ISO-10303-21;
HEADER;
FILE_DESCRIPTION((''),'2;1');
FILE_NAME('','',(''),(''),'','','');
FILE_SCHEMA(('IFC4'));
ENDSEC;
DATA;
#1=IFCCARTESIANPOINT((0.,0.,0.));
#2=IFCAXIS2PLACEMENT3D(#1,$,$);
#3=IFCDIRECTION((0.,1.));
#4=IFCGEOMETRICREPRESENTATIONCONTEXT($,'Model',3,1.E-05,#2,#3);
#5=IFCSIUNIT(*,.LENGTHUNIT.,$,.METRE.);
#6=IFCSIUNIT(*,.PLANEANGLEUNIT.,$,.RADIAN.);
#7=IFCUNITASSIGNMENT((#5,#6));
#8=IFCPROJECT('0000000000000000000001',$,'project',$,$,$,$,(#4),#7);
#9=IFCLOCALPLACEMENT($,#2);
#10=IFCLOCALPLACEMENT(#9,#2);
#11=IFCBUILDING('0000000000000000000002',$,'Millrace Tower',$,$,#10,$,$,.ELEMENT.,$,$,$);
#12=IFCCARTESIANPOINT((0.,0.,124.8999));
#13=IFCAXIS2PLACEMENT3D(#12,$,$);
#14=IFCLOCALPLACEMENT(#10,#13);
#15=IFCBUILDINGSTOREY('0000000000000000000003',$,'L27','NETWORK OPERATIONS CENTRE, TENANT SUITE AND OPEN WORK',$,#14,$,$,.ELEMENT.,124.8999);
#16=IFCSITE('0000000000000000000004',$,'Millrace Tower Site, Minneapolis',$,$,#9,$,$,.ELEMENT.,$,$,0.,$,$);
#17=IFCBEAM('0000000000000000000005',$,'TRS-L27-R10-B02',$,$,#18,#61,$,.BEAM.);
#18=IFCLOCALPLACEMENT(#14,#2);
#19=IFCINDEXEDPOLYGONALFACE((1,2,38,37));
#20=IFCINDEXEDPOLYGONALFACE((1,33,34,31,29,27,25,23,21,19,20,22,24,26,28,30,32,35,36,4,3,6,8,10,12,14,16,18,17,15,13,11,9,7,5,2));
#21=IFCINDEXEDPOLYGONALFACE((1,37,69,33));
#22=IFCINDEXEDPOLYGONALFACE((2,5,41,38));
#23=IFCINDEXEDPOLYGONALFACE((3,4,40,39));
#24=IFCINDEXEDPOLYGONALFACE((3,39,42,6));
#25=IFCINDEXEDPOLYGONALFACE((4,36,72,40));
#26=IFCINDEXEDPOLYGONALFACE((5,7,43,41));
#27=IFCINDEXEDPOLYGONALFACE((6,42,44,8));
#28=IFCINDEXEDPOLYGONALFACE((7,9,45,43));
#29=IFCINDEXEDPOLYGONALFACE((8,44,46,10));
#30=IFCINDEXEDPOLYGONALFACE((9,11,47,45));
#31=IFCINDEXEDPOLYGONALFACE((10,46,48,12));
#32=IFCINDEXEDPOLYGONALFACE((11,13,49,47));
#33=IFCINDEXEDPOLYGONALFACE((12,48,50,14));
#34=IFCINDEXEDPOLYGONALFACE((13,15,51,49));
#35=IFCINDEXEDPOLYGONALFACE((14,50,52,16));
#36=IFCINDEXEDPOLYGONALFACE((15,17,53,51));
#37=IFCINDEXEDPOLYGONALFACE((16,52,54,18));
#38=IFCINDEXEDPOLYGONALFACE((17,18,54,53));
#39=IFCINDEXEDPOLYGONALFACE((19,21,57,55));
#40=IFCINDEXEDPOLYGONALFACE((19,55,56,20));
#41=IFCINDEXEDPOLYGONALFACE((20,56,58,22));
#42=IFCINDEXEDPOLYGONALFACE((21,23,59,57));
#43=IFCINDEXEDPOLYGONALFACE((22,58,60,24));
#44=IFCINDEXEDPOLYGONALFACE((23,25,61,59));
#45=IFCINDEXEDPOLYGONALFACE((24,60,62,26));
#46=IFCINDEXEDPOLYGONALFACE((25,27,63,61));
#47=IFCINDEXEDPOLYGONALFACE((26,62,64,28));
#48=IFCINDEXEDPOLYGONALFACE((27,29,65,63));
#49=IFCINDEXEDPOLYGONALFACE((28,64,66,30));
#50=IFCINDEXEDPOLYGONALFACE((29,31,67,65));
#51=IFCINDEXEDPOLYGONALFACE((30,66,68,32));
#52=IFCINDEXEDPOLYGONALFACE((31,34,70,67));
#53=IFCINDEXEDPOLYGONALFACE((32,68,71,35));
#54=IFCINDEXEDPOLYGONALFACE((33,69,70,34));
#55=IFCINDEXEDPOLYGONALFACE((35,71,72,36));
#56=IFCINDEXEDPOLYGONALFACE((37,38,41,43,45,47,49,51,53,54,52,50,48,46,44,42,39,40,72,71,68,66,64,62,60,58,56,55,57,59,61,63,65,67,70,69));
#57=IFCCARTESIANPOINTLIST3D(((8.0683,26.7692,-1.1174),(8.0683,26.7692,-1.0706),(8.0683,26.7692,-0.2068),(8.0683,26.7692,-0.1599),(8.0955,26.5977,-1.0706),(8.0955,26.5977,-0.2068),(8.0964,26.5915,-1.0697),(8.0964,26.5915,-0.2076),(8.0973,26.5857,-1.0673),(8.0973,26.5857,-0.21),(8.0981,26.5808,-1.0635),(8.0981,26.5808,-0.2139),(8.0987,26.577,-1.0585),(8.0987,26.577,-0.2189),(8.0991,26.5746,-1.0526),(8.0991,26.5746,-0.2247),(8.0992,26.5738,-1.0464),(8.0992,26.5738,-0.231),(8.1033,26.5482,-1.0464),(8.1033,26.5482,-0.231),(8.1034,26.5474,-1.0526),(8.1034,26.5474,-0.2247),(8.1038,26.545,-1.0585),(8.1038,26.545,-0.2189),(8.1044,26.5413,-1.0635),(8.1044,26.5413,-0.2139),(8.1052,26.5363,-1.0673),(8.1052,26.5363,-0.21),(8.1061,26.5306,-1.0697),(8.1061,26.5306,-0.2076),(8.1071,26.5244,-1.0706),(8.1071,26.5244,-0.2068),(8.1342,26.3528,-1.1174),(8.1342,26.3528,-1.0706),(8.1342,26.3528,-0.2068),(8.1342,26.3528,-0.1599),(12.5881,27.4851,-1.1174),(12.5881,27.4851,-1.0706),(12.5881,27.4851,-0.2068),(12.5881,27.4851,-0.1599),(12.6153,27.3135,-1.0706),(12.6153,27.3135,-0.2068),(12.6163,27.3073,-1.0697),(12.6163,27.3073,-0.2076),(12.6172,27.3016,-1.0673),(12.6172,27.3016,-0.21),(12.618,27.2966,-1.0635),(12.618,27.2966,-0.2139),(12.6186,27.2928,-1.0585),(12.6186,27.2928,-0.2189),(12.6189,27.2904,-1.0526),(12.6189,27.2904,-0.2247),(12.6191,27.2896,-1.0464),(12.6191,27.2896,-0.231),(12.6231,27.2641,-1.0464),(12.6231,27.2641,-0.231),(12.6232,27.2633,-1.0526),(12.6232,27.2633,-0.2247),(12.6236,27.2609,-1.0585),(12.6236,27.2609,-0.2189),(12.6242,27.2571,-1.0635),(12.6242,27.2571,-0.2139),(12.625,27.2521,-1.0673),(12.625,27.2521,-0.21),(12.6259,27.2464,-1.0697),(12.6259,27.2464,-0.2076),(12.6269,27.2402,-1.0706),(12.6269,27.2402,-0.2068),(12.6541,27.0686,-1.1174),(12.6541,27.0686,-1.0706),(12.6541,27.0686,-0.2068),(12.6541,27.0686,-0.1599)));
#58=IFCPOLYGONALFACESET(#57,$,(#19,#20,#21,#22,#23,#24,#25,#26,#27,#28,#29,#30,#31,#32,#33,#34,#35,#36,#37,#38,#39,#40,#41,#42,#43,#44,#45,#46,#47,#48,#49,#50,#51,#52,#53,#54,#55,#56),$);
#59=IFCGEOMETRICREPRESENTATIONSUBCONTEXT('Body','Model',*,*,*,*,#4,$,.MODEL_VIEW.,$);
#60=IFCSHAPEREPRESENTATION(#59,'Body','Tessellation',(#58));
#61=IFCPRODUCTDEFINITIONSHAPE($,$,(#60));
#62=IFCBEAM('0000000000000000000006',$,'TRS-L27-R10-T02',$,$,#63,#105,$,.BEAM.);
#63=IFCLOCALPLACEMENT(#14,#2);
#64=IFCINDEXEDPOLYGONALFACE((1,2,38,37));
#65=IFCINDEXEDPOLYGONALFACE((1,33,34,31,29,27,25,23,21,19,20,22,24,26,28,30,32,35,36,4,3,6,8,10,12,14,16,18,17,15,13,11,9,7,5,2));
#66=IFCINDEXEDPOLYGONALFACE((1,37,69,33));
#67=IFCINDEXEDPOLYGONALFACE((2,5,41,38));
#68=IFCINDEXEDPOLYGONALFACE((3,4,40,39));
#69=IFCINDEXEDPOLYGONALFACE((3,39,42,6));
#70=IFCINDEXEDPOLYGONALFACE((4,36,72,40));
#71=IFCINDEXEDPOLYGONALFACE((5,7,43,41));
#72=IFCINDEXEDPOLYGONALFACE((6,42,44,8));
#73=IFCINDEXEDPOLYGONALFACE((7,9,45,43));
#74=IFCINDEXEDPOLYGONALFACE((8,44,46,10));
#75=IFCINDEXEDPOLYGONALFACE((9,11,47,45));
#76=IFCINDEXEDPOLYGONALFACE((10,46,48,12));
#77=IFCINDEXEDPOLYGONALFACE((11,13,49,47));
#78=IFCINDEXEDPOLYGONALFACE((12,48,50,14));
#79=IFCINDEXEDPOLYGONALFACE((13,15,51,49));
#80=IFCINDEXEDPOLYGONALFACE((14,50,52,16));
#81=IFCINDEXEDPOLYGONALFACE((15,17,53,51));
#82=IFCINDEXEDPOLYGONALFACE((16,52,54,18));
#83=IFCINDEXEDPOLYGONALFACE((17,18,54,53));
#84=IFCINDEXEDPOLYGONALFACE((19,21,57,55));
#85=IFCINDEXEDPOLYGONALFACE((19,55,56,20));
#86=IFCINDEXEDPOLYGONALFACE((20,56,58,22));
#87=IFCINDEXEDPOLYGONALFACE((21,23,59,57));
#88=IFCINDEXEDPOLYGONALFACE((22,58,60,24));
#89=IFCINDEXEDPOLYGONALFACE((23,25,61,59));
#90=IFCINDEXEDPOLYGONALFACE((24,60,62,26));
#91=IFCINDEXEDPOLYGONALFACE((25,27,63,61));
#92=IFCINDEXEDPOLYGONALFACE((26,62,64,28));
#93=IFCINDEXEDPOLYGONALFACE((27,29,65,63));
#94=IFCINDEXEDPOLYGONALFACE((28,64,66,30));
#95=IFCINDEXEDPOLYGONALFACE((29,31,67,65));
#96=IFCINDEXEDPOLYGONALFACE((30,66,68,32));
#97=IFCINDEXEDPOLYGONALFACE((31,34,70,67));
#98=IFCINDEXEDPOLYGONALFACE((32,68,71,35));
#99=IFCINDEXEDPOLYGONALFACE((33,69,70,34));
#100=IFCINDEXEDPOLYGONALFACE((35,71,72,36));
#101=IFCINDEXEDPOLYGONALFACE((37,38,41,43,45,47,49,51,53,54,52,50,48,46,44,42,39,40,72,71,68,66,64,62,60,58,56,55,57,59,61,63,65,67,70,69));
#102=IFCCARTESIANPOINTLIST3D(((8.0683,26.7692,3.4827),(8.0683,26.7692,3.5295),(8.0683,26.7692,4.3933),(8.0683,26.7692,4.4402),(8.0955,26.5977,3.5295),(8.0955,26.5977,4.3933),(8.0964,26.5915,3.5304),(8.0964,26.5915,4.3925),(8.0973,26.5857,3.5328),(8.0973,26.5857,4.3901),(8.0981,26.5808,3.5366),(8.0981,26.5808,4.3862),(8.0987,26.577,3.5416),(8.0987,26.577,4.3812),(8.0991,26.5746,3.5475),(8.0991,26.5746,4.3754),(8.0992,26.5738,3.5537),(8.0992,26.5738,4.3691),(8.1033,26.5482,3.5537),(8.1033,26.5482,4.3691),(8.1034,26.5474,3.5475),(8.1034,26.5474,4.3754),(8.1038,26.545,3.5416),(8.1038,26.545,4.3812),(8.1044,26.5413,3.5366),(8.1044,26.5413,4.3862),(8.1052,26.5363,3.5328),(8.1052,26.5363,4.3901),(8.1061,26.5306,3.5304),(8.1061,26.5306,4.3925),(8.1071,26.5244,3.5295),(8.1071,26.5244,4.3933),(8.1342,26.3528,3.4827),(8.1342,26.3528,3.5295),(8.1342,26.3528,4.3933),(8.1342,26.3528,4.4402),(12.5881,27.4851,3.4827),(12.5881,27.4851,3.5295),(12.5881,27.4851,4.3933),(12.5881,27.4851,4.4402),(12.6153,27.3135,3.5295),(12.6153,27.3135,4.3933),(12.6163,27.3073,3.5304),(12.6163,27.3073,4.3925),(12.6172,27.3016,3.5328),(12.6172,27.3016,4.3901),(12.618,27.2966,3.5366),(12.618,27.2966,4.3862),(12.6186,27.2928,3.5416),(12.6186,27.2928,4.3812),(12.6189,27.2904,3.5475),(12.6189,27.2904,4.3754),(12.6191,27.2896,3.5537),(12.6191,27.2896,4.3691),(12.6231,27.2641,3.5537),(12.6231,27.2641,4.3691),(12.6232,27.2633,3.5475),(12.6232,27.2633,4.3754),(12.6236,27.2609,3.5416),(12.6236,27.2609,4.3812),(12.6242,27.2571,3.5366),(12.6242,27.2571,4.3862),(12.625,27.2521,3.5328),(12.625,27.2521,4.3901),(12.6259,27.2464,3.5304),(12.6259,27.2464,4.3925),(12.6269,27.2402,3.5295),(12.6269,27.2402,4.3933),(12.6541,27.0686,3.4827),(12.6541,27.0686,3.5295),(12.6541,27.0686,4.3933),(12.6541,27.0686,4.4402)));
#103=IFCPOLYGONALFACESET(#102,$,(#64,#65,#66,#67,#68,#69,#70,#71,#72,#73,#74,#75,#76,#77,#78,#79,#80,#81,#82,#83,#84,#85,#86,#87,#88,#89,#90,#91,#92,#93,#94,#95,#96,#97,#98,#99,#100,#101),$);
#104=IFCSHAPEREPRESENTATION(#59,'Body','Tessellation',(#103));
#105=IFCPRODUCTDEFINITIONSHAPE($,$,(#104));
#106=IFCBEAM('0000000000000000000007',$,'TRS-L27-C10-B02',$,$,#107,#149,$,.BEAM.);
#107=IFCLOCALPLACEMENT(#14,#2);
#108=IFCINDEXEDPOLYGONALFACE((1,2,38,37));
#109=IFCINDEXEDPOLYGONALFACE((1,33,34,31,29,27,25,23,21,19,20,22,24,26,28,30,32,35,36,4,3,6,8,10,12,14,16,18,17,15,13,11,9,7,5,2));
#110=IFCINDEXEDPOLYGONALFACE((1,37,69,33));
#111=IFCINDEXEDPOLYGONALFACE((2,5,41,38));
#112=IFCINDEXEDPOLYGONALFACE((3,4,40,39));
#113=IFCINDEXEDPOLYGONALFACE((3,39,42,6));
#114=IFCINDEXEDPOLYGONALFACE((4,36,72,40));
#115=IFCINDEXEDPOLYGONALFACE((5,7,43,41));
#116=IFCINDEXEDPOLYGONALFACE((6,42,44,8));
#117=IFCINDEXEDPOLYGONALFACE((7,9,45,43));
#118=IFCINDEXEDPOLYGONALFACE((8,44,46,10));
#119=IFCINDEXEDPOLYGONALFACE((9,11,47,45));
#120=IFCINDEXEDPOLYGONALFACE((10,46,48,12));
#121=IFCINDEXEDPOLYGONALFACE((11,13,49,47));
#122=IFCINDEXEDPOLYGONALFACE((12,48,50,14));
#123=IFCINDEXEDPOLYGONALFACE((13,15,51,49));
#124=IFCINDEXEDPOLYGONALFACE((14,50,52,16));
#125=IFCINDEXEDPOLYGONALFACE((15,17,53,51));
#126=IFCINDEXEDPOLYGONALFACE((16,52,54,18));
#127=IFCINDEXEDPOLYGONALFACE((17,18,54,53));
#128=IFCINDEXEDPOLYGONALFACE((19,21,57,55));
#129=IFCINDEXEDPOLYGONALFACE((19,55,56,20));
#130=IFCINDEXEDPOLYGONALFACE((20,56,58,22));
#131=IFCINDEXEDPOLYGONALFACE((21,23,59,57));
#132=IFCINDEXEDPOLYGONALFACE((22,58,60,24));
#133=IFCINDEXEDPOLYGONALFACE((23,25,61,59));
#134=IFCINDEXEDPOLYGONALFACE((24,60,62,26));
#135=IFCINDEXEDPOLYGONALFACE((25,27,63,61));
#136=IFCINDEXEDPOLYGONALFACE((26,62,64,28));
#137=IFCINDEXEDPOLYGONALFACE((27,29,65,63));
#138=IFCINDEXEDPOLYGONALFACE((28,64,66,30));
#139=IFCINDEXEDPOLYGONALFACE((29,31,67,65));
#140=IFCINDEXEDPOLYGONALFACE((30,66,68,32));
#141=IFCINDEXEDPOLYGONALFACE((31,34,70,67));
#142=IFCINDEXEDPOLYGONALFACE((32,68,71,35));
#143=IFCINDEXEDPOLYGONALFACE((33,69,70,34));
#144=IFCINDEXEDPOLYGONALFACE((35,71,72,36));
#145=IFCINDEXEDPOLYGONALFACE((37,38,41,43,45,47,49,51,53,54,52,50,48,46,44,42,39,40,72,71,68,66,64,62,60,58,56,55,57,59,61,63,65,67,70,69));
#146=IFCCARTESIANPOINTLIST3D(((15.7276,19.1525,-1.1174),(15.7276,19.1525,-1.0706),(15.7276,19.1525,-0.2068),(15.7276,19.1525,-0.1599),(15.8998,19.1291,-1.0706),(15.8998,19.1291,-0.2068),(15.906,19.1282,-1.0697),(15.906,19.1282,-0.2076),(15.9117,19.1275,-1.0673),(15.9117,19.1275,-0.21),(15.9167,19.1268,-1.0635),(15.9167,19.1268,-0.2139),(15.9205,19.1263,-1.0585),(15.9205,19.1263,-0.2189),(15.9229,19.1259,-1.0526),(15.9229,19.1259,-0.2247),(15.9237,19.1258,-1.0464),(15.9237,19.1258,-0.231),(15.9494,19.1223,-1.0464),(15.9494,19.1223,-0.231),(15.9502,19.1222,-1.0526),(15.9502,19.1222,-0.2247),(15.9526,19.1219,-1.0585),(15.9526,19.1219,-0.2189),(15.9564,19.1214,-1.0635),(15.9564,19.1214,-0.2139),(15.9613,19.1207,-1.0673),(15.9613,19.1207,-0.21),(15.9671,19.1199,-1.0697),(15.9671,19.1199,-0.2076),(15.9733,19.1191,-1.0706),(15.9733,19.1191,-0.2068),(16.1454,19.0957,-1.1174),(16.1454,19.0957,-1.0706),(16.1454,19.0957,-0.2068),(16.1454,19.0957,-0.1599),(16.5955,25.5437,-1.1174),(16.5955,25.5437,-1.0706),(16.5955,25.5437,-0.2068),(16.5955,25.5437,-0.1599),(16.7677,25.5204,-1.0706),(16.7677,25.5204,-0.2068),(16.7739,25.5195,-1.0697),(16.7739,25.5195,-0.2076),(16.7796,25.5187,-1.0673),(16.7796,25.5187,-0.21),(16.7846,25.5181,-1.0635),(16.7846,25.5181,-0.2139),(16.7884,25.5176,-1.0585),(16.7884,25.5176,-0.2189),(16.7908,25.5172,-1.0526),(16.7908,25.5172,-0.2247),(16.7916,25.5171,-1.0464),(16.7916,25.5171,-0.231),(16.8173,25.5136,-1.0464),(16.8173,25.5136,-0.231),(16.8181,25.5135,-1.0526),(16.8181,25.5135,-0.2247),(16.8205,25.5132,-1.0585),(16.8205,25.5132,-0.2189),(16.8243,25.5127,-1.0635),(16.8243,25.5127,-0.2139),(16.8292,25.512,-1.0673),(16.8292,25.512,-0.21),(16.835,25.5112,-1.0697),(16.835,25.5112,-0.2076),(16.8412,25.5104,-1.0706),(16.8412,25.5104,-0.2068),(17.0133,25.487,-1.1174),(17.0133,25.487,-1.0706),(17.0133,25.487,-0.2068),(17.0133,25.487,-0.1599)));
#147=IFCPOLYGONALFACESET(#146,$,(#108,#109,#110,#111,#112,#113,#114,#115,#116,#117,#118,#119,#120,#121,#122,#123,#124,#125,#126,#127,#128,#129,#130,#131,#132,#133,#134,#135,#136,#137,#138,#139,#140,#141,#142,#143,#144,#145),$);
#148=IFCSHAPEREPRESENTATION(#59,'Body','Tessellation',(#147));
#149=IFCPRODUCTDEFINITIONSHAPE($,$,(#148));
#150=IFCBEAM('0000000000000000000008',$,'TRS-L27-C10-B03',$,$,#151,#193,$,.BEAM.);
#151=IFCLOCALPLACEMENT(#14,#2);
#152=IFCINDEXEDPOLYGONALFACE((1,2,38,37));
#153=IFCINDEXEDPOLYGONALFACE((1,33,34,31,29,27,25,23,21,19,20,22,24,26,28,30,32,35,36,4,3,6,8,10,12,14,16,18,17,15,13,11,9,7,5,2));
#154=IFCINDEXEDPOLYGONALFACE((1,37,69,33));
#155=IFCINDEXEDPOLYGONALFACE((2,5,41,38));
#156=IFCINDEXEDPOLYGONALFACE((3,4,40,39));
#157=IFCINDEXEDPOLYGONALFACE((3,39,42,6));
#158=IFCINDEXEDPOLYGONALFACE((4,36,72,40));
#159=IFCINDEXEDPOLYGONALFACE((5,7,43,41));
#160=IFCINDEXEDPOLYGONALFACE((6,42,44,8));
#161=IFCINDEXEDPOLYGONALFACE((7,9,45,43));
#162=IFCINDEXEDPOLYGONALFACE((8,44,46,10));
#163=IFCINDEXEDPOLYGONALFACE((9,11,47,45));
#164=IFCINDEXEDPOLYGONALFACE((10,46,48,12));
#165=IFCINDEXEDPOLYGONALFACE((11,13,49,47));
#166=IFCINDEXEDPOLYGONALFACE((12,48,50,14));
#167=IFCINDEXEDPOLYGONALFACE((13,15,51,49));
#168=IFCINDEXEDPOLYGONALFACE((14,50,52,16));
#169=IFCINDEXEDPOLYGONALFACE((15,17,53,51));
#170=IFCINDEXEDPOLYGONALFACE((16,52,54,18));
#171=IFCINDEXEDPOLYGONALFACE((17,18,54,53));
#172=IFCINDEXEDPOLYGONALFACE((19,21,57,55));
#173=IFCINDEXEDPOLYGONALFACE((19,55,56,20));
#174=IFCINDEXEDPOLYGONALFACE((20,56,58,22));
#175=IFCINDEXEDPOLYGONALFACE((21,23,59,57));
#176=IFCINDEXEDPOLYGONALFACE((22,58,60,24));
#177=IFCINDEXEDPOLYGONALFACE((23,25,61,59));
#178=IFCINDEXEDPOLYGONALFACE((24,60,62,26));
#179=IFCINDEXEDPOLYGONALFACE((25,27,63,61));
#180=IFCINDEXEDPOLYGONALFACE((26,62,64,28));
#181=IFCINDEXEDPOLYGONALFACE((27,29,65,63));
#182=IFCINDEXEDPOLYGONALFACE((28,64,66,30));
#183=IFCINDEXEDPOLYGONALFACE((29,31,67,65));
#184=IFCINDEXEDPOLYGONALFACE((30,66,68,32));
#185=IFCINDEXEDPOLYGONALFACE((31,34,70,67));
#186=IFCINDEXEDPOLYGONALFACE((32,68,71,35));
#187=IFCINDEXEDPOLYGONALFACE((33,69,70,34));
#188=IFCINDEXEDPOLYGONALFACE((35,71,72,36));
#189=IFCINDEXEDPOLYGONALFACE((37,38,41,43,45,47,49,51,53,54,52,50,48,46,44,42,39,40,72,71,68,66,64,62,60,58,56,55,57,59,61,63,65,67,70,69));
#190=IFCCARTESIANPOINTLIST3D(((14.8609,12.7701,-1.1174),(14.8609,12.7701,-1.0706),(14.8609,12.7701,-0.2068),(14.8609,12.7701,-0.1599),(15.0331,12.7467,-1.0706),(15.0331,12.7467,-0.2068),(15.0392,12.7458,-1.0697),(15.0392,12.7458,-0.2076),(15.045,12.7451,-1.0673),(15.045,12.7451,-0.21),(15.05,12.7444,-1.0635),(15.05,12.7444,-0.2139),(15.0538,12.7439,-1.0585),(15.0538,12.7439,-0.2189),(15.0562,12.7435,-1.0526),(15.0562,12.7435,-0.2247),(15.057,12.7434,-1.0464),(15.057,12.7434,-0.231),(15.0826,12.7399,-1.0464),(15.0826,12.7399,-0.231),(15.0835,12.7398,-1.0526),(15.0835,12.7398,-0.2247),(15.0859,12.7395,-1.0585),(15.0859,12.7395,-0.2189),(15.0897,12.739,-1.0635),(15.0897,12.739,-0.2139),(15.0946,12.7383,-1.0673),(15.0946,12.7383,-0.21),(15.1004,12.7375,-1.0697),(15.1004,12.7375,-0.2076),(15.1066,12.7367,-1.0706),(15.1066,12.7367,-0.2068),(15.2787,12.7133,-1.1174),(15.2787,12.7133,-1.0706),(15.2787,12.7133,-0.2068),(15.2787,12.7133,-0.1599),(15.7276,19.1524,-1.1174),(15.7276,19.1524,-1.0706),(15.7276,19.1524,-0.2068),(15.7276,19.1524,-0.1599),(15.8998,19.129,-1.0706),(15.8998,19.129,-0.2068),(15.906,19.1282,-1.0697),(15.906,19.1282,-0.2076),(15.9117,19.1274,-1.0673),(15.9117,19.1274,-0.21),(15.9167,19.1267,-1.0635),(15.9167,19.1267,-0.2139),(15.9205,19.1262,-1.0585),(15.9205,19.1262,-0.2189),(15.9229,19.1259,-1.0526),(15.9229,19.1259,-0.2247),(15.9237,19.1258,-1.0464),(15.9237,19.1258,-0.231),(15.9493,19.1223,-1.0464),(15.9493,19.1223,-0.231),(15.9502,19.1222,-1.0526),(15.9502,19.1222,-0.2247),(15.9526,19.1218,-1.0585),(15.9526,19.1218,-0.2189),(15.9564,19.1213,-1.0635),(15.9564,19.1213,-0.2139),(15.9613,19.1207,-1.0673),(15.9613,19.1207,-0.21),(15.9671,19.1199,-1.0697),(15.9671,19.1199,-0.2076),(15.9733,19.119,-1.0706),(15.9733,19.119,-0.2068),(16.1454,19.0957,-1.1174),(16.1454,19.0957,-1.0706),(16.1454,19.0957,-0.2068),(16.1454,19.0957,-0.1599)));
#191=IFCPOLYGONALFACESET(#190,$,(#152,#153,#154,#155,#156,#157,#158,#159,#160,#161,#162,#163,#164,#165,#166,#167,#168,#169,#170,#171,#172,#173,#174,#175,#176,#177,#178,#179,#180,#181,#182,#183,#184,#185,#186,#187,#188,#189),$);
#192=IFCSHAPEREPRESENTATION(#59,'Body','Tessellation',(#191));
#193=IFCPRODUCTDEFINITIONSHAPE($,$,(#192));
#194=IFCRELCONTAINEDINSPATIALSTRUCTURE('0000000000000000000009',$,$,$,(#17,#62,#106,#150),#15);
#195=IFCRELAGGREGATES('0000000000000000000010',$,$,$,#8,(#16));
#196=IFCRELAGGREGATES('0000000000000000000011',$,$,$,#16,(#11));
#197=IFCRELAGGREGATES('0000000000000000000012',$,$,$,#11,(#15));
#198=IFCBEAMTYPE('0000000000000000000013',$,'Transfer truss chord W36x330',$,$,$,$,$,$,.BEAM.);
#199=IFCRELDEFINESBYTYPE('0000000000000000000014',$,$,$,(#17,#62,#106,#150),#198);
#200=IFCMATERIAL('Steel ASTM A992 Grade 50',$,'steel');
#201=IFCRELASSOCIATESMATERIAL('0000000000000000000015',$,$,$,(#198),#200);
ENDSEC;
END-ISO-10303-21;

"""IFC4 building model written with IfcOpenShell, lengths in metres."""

from ifc_helpers import new_model, si_unit, direction, frame, origin, origin_2d, place, context, subcontext, project, spatial, i_section, extrude, material, material_profile, profile_set, type_object, element, save


model = new_model("IFC4")

# Units and contexts
model_context = context("Model", 3, precision=1e-05, world=origin(), true_north=direction((0.0, 1.0)))
body_context = subcontext(model_context, "Body", "Model", "MODEL_VIEW")
ifc_project = project(units=[si_unit("LENGTHUNIT", "METRE"), si_unit("PLANEANGLEUNIT", "RADIAN")], contexts=[model_context])

# Site, building, storey
site_placement = place(None, origin())
site = spatial("IfcSite", under=ifc_project, at=site_placement, Name="Millrace Tower Site, Minneapolis", CompositionType="ELEMENT", RefElevation=0.0)
building_placement = place(site_placement, origin())
building = spatial("IfcBuilding", under=site, at=building_placement, Name="Millrace Tower", CompositionType="ELEMENT")
storey_placement = place(building_placement, frame((0.0, 0.0, 124.8999)))
storey = spatial("IfcBuildingStorey", under=building, at=storey_placement, Name="L27", Description="NETWORK OPERATIONS CENTRE, TENANT SUITE AND OPEN WORK", CompositionType="ELEMENT", Elevation=124.8999)

# Beams
ifc_material_1 = material(Name="Steel ASTM A992 Grade 50", Category="steel")
ifc_material_profile_1 = material_profile(ifc_material_1, i_section(OverallWidth=0.4216, OverallDepth=0.9575, WebThickness=0.0259, FlangeThickness=0.0469, FilletRadius=0.0242, at=origin_2d()))
ifc_profile_set_1 = profile_set([ifc_material_profile_1], Name="Steel ASTM A992 Grade 50")
beam_type_1 = type_object("IfcBeamType", Name="Transfer truss chord W36x330", PredefinedType="BEAM", material=ifc_profile_set_1)
for number, where, z_axis, x_axis, name in (
    (1, (12.6211, 27.2769, -0.6387), (-0.98769, -0.156426, 0.0), (0.156426, -0.98769, 0.0), "TRS-L27-R10-B02"),
    (2, (12.6211, 27.2769, 3.9614), (-0.98769, -0.156426, 0.0), (0.156426, -0.98769, 0.0), "TRS-L27-R10-T02"),
):
    element("IfcBeam", number, at=place(storey_placement, frame(where, z_axis=z_axis, x_axis=x_axis)), inside=storey, type_object=beam_type_1, Name=name, PredefinedType="BEAM", context=body_context, shape_type="SweptSolid", body=[
        extrude(i_section(OverallWidth=0.4216, OverallDepth=0.9575, WebThickness=0.0259, FlangeThickness=0.0469, FilletRadius=0.0242, at=origin_2d()), origin(), (0.0, 0.0, 1.0), 4.5762),
    ])
beam_1_placement = place(storey_placement, frame((16.8044, 25.5154, -0.6387), z_axis=(-0.134561, -0.990905, 0.0), x_axis=(0.990905, -0.134561, 0.0)))
element("IfcBeam", 3, at=beam_1_placement, inside=storey, type_object=beam_type_1, Name="TRS-L27-C10-B02", PredefinedType="BEAM", context=body_context, shape_type="SweptSolid", body=[
    extrude(i_section(OverallWidth=0.4216, OverallDepth=0.9575, WebThickness=0.0259, FlangeThickness=0.0469, FilletRadius=0.0242, at=origin_2d()), origin(), (0.0, 0.0, 1.0), 6.45),
])
for number, where, z_axis, x_axis, name in (
    (4, (15.9365, 19.124, -0.6387), (-0.134562, -0.990905, 0.0), (0.990905, -0.134562, 0.0), "TRS-L27-C10-B03"),
):
    element("IfcBeam", number, at=place(storey_placement, frame(where, z_axis=z_axis, x_axis=x_axis)), inside=storey, type_object=beam_type_1, Name=name, PredefinedType="BEAM", context=body_context, shape_type="SweptSolid", body=[
        extrude(i_section(OverallWidth=0.4216, OverallDepth=0.9575, WebThickness=0.0259, FlangeThickness=0.0469, FilletRadius=0.0242, at=origin_2d()), origin(), (0.0, 0.0, 1.0), 6.4409),
    ])

save(model, "model.ifc")
